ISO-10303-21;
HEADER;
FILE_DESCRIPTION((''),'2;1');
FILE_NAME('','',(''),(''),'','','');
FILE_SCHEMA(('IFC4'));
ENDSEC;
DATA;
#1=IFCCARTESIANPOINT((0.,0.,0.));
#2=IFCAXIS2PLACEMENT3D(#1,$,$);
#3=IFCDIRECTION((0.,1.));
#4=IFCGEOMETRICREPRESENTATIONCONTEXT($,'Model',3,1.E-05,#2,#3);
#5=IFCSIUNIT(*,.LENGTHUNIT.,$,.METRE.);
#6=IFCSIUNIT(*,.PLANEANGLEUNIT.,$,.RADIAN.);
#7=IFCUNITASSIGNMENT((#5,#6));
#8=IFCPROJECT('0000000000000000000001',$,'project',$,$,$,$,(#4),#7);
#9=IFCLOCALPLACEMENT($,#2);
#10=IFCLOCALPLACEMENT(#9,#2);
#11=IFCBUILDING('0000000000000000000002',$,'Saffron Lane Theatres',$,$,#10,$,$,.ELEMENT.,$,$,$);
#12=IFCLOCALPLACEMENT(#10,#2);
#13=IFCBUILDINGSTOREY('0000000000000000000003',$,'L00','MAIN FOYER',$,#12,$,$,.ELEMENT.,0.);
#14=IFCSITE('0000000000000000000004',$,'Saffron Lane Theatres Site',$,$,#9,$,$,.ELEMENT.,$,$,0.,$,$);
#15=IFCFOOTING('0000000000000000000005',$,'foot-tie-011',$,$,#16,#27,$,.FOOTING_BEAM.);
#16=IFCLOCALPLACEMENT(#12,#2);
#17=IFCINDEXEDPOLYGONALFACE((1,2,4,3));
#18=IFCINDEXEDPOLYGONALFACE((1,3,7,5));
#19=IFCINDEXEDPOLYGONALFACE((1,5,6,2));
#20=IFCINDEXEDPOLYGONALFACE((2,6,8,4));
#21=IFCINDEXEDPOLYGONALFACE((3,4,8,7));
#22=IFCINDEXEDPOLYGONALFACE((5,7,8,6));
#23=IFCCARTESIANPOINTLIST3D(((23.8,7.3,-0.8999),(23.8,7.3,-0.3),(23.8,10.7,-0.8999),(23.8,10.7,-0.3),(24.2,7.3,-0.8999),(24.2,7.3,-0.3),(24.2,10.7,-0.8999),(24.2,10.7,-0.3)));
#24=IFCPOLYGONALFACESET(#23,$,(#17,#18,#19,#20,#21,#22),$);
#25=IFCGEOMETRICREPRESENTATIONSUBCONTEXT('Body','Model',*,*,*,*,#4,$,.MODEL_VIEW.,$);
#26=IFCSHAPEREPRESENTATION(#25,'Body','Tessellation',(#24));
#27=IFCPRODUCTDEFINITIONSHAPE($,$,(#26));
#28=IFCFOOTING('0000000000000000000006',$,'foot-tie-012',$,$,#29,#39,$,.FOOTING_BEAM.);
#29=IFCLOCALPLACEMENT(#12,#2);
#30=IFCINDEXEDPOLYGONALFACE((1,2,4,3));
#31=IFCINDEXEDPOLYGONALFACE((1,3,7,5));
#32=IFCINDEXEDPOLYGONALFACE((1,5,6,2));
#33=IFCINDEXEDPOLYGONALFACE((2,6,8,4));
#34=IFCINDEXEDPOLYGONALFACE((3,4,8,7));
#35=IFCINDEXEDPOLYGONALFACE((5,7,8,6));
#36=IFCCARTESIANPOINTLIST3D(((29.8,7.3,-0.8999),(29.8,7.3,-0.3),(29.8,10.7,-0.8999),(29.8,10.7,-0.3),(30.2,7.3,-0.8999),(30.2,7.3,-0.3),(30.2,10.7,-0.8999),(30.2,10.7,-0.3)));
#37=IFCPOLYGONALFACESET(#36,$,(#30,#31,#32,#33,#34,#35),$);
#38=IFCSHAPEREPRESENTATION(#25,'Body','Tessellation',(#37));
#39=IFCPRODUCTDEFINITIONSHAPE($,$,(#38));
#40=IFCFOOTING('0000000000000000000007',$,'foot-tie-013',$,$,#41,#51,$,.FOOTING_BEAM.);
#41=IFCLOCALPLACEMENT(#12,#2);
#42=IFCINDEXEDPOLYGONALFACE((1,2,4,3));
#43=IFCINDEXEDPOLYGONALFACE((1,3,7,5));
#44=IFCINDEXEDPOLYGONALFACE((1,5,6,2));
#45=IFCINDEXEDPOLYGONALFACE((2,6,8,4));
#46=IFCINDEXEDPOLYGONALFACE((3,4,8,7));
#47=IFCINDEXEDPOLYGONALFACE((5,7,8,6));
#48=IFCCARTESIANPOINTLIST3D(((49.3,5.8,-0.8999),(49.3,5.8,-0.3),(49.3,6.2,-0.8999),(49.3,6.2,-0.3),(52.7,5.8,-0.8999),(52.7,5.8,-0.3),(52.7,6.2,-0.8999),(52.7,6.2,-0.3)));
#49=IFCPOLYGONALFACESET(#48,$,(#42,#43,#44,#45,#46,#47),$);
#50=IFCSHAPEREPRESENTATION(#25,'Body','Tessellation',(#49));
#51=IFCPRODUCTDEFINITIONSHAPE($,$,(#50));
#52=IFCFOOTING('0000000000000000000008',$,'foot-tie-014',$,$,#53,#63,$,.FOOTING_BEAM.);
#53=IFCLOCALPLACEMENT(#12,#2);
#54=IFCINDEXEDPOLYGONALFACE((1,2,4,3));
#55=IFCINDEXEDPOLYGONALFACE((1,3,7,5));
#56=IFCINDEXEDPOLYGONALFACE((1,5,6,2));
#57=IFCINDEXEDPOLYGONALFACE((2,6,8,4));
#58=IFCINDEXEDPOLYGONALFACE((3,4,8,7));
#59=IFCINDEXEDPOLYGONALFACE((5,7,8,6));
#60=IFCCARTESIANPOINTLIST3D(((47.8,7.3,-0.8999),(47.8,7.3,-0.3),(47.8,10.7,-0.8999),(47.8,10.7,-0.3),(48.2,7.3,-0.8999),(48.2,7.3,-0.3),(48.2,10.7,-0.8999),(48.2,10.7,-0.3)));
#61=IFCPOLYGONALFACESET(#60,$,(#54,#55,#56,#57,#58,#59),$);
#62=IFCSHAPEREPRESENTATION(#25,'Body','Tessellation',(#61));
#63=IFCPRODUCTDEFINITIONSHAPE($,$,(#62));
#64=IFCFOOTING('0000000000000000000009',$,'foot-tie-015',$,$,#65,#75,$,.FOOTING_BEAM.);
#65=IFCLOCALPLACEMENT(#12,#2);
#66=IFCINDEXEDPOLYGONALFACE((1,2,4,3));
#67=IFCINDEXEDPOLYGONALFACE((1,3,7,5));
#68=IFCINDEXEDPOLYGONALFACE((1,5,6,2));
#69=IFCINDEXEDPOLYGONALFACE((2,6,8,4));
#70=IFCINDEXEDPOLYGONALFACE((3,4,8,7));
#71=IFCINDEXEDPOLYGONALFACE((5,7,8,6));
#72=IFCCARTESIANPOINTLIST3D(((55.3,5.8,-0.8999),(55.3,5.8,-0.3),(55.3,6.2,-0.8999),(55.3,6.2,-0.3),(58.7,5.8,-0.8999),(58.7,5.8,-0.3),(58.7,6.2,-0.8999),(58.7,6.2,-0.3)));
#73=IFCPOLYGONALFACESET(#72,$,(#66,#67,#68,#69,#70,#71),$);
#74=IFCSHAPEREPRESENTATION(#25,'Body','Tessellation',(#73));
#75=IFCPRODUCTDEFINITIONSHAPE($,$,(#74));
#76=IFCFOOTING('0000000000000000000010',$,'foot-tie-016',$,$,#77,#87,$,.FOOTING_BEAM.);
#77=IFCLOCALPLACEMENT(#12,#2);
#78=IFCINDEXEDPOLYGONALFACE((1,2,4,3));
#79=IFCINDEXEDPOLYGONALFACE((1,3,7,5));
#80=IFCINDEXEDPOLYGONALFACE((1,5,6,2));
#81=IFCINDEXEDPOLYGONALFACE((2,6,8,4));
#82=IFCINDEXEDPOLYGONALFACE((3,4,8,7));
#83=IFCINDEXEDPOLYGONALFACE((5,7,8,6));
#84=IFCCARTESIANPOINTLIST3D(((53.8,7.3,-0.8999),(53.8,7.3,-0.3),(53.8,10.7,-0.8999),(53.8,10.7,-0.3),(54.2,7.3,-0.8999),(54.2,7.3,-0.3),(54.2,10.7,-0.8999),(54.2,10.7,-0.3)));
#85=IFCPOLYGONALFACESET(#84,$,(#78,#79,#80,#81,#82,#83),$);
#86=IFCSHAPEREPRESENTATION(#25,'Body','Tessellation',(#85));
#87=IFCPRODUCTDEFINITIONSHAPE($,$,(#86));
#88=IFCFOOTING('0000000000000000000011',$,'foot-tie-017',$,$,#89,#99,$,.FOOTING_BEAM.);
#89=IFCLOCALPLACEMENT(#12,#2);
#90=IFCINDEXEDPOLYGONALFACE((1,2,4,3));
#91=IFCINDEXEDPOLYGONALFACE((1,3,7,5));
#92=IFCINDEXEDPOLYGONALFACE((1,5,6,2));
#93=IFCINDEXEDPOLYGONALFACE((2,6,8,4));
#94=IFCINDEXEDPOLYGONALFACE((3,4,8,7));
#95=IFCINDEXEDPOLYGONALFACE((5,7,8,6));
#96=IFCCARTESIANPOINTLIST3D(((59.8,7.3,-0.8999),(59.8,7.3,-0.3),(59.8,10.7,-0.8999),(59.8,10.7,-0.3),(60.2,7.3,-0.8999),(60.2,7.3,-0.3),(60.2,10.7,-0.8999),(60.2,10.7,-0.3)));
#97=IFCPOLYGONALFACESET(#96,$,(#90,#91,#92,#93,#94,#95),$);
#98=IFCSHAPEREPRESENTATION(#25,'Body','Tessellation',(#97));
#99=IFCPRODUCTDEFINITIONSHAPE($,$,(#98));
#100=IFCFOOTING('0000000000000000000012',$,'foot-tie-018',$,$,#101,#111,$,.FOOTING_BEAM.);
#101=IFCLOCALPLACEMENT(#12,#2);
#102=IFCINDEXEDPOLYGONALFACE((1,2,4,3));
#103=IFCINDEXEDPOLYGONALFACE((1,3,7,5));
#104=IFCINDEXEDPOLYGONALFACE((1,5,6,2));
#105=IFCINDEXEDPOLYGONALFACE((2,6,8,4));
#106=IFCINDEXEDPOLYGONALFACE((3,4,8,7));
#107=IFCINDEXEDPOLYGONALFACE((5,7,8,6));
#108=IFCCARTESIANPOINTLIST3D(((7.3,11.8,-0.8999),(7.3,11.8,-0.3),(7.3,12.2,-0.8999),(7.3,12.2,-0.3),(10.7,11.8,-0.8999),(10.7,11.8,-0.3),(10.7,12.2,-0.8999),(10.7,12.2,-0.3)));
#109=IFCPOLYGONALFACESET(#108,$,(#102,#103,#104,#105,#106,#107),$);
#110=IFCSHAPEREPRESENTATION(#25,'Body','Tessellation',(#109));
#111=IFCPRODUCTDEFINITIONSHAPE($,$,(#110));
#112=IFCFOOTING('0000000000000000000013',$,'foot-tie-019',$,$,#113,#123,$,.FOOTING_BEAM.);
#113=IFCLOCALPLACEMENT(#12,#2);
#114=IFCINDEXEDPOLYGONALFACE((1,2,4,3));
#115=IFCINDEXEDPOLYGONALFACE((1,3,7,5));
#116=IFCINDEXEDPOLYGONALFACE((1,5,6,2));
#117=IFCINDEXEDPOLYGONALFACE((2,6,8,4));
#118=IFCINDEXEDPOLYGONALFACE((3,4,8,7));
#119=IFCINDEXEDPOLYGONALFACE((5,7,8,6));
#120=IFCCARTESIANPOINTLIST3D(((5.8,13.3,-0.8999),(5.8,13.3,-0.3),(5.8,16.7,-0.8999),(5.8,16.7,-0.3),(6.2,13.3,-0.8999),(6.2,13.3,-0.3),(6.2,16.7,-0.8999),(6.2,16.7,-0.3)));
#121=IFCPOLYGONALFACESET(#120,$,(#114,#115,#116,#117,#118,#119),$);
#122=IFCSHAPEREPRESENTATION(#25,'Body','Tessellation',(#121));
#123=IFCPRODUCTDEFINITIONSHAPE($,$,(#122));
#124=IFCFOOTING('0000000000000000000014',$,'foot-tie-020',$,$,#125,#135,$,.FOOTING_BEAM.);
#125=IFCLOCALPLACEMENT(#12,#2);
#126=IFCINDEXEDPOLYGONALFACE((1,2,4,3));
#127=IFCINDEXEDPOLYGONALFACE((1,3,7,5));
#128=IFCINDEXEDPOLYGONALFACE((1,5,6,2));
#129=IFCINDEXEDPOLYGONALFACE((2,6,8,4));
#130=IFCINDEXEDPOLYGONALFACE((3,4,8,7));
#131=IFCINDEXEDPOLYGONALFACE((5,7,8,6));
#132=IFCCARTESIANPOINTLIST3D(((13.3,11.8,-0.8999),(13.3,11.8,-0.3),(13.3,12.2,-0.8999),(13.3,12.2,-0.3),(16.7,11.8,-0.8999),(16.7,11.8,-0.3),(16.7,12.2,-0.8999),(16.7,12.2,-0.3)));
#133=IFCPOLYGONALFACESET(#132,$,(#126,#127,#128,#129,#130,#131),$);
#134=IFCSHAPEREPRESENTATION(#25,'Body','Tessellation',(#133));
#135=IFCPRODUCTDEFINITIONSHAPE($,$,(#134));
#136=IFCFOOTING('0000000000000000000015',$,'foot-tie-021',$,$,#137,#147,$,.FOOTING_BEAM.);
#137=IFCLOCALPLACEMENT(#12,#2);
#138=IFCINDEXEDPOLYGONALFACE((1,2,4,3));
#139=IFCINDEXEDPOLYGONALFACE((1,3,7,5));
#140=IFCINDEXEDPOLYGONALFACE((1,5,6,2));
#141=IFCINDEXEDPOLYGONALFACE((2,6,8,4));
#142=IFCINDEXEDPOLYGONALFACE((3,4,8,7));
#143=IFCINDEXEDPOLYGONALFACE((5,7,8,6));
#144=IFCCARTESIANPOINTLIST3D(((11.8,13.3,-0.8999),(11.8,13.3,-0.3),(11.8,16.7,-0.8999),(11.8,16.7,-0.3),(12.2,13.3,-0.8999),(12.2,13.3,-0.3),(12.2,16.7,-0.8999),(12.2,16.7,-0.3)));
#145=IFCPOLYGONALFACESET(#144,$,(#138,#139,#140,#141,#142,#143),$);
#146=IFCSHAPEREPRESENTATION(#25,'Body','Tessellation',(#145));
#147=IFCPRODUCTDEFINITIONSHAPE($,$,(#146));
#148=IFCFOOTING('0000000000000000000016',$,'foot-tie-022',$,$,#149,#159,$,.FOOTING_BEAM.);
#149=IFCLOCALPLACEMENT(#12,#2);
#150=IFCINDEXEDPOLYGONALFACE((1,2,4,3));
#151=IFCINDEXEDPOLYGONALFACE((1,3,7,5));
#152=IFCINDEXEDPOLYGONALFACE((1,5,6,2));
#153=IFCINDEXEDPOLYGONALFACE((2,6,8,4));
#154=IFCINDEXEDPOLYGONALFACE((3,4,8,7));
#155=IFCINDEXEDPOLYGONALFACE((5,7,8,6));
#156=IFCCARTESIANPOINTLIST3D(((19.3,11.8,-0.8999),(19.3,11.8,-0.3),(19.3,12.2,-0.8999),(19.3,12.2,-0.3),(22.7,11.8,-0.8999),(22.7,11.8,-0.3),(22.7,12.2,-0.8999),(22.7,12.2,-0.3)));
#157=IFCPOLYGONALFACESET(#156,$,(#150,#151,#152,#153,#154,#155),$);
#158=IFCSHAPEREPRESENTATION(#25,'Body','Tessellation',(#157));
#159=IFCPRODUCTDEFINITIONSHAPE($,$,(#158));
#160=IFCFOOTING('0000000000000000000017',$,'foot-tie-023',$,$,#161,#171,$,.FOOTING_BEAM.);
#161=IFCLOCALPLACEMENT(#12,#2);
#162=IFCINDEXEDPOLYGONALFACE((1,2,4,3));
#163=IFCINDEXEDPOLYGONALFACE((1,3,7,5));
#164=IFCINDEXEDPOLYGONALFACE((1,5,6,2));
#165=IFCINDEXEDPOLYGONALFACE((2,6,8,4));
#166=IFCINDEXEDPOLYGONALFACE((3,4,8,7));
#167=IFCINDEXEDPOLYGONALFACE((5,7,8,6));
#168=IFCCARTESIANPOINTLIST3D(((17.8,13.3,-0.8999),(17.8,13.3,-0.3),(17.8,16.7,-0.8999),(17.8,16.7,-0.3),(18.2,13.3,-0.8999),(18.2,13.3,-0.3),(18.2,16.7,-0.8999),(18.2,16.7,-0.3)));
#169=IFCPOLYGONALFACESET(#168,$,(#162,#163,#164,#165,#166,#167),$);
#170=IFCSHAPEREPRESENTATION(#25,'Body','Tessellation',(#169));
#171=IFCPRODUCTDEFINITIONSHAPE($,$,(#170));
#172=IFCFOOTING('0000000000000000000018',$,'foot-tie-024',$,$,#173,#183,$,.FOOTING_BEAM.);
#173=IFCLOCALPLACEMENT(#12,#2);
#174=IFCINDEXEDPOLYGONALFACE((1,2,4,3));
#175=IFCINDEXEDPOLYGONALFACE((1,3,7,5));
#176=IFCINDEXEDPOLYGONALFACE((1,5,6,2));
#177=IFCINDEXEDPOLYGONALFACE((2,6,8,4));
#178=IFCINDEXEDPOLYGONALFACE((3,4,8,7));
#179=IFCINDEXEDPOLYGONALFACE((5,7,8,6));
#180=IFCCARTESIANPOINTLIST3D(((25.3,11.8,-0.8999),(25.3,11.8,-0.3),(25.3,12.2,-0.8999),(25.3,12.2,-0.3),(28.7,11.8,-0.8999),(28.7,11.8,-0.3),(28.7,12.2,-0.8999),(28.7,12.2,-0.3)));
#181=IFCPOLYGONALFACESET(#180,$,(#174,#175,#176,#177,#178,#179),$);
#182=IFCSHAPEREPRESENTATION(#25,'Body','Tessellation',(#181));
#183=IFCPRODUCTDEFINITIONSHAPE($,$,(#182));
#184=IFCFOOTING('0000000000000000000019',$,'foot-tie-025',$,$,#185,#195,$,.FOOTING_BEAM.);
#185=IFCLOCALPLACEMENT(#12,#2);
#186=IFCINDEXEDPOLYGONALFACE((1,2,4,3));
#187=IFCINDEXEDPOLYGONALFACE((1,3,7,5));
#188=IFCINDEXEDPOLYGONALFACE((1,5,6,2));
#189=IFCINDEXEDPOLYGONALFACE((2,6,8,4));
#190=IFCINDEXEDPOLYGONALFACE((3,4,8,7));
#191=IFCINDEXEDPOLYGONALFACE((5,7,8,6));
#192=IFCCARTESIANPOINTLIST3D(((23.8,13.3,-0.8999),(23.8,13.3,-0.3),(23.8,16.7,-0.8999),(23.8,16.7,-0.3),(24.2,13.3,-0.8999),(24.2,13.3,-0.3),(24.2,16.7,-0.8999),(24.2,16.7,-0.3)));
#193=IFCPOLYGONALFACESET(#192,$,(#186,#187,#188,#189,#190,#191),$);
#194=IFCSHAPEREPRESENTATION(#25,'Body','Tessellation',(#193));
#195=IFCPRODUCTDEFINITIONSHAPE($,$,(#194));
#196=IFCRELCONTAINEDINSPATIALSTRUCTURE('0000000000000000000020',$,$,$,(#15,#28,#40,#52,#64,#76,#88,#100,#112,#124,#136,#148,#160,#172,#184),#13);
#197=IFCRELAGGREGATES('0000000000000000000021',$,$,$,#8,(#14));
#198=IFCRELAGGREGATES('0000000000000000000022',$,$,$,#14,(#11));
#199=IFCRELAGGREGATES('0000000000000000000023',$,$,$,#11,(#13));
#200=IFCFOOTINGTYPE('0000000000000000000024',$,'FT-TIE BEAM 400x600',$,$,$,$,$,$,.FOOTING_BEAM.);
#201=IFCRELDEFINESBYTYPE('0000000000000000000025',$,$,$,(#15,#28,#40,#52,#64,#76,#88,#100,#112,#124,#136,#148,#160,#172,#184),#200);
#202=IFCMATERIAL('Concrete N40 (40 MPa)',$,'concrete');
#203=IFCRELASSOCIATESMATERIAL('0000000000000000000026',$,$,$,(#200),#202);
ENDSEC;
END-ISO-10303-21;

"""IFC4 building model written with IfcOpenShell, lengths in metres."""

from ifc_helpers import new_model, si_unit, direction, frame, origin, place, context, subcontext, project, spatial, polyline, outline, extrude, material, type_object, element, save


model = new_model("IFC4")

# Units and contexts
model_context = context("Model", 3, precision=1e-05, world=origin(), true_north=direction((0.0, 1.0)))
body_context = subcontext(model_context, "Body", "Model", "MODEL_VIEW")
ifc_project = project(units=[si_unit("LENGTHUNIT", "METRE"), si_unit("PLANEANGLEUNIT", "RADIAN")], contexts=[model_context])

# Site, building, storey
site_placement = place(None, origin())
site = spatial("IfcSite", under=ifc_project, at=site_placement, Name="Saffron Lane Theatres Site", CompositionType="ELEMENT", RefElevation=0.0)
building_placement = place(site_placement, origin())
building = spatial("IfcBuilding", under=site, at=building_placement, Name="Saffron Lane Theatres", CompositionType="ELEMENT")
storey_placement = place(building_placement, origin())
storey = spatial("IfcBuildingStorey", under=building, at=storey_placement, Name="L00", Description="MAIN FOYER", CompositionType="ELEMENT", Elevation=0.0)

# Footings
ifc_material_1 = material(Name="Concrete N40 (40 MPa)", Category="concrete")
footing_type_1 = type_object("IfcFootingType", Name="FT-TIE BEAM 400x600", PredefinedType="FOOTING_BEAM", material=ifc_material_1)
footing_1_placement = place(storey_placement, frame((0.0, 0.0, -0.8999)))
element("IfcFooting", 1, at=footing_1_placement, inside=storey, type_object=footing_type_1, Name="foot-tie-011", PredefinedType="FOOTING_BEAM", context=body_context, shape_type="SweptSolid", body=[
    extrude(outline(polyline([(23.8, 7.3), (24.2, 7.3), (24.2, 10.7), (23.8, 10.7), (23.8, 7.3)])), origin(), (0.0, 0.0, 1.0), 0.5999),
])
footing_2_placement = place(storey_placement, frame((0.0, 0.0, -0.8999)))
element("IfcFooting", 2, at=footing_2_placement, inside=storey, type_object=footing_type_1, Name="foot-tie-012", PredefinedType="FOOTING_BEAM", context=body_context, shape_type="SweptSolid", body=[
    extrude(outline(polyline([(29.8, 7.3), (30.2, 7.3), (30.2, 10.7), (29.8, 10.7), (29.8, 7.3)])), origin(), (0.0, 0.0, 1.0), 0.5999),
])
footing_3_placement = place(storey_placement, frame((0.0, 0.0, -0.8999)))
element("IfcFooting", 3, at=footing_3_placement, inside=storey, type_object=footing_type_1, Name="foot-tie-013", PredefinedType="FOOTING_BEAM", context=body_context, shape_type="SweptSolid", body=[
    extrude(outline(polyline([(49.3, 5.8), (52.7, 5.8), (52.7, 6.2), (49.3, 6.2), (49.3, 5.8)])), origin(), (0.0, 0.0, 1.0), 0.5999),
])
footing_4_placement = place(storey_placement, frame((0.0, 0.0, -0.8999)))
element("IfcFooting", 4, at=footing_4_placement, inside=storey, type_object=footing_type_1, Name="foot-tie-014", PredefinedType="FOOTING_BEAM", context=body_context, shape_type="SweptSolid", body=[
    extrude(outline(polyline([(47.8, 7.3), (48.2, 7.3), (48.2, 10.7), (47.8, 10.7), (47.8, 7.3)])), origin(), (0.0, 0.0, 1.0), 0.5999),
])
footing_5_placement = place(storey_placement, frame((0.0, 0.0, -0.8999)))
element("IfcFooting", 5, at=footing_5_placement, inside=storey, type_object=footing_type_1, Name="foot-tie-015", PredefinedType="FOOTING_BEAM", context=body_context, shape_type="SweptSolid", body=[
    extrude(outline(polyline([(55.3, 5.8), (58.7, 5.8), (58.7, 6.2), (55.3, 6.2), (55.3, 5.8)])), origin(), (0.0, 0.0, 1.0), 0.5999),
])
footing_6_placement = place(storey_placement, frame((0.0, 0.0, -0.8999)))
element("IfcFooting", 6, at=footing_6_placement, inside=storey, type_object=footing_type_1, Name="foot-tie-016", PredefinedType="FOOTING_BEAM", context=body_context, shape_type="SweptSolid", body=[
    extrude(outline(polyline([(53.8, 7.3), (54.2, 7.3), (54.2, 10.7), (53.8, 10.7), (53.8, 7.3)])), origin(), (0.0, 0.0, 1.0), 0.5999),
])
footing_7_placement = place(storey_placement, frame((0.0, 0.0, -0.8999)))
element("IfcFooting", 7, at=footing_7_placement, inside=storey, type_object=footing_type_1, Name="foot-tie-017", PredefinedType="FOOTING_BEAM", context=body_context, shape_type="SweptSolid", body=[
    extrude(outline(polyline([(59.8, 7.3), (60.2, 7.3), (60.2, 10.7), (59.8, 10.7), (59.8, 7.3)])), origin(), (0.0, 0.0, 1.0), 0.5999),
])
footing_8_placement = place(storey_placement, frame((0.0, 0.0, -0.8999)))
element("IfcFooting", 8, at=footing_8_placement, inside=storey, type_object=footing_type_1, Name="foot-tie-018", PredefinedType="FOOTING_BEAM", context=body_context, shape_type="SweptSolid", body=[
    extrude(outline(polyline([(7.3, 11.8), (10.7, 11.8), (10.7, 12.2), (7.3, 12.2), (7.3, 11.8)])), origin(), (0.0, 0.0, 1.0), 0.5999),
])
footing_9_placement = place(storey_placement, frame((0.0, 0.0, -0.8999)))
element("IfcFooting", 9, at=footing_9_placement, inside=storey, type_object=footing_type_1, Name="foot-tie-019", PredefinedType="FOOTING_BEAM", context=body_context, shape_type="SweptSolid", body=[
    extrude(outline(polyline([(5.8, 13.3), (6.2, 13.3), (6.2, 16.7), (5.8, 16.7), (5.8, 13.3)])), origin(), (0.0, 0.0, 1.0), 0.5999),
])
footing_10_placement = place(storey_placement, frame((0.0, 0.0, -0.8999)))
element("IfcFooting", 10, at=footing_10_placement, inside=storey, type_object=footing_type_1, Name="foot-tie-020", PredefinedType="FOOTING_BEAM", context=body_context, shape_type="SweptSolid", body=[
    extrude(outline(polyline([(13.3, 11.8), (16.7, 11.8), (16.7, 12.2), (13.3, 12.2), (13.3, 11.8)])), origin(), (0.0, 0.0, 1.0), 0.5999),
])
footing_11_placement = place(storey_placement, frame((0.0, 0.0, -0.8999)))
element("IfcFooting", 11, at=footing_11_placement, inside=storey, type_object=footing_type_1, Name="foot-tie-021", PredefinedType="FOOTING_BEAM", context=body_context, shape_type="SweptSolid", body=[
    extrude(outline(polyline([(11.8, 13.3), (12.2, 13.3), (12.2, 16.7), (11.8, 16.7), (11.8, 13.3)])), origin(), (0.0, 0.0, 1.0), 0.5999),
])
footing_12_placement = place(storey_placement, frame((0.0, 0.0, -0.8999)))
element("IfcFooting", 12, at=footing_12_placement, inside=storey, type_object=footing_type_1, Name="foot-tie-022", PredefinedType="FOOTING_BEAM", context=body_context, shape_type="SweptSolid", body=[
    extrude(outline(polyline([(19.3, 11.8), (22.7, 11.8), (22.7, 12.2), (19.3, 12.2), (19.3, 11.8)])), origin(), (0.0, 0.0, 1.0), 0.5999),
])
footing_13_placement = place(storey_placement, frame((0.0, 0.0, -0.8999)))
element("IfcFooting", 13, at=footing_13_placement, inside=storey, type_object=footing_type_1, Name="foot-tie-023", PredefinedType="FOOTING_BEAM", context=body_context, shape_type="SweptSolid", body=[
    extrude(outline(polyline([(17.8, 13.3), (18.2, 13.3), (18.2, 16.7), (17.8, 16.7), (17.8, 13.3)])), origin(), (0.0, 0.0, 1.0), 0.5999),
])
footing_14_placement = place(storey_placement, frame((0.0, 0.0, -0.8999)))
element("IfcFooting", 14, at=footing_14_placement, inside=storey, type_object=footing_type_1, Name="foot-tie-024", PredefinedType="FOOTING_BEAM", context=body_context, shape_type="SweptSolid", body=[
    extrude(outline(polyline([(25.3, 11.8), (28.7, 11.8), (28.7, 12.2), (25.3, 12.2), (25.3, 11.8)])), origin(), (0.0, 0.0, 1.0), 0.5999),
])
footing_15_placement = place(storey_placement, frame((0.0, 0.0, -0.8999)))
element("IfcFooting", 15, at=footing_15_placement, inside=storey, type_object=footing_type_1, Name="foot-tie-025", PredefinedType="FOOTING_BEAM", context=body_context, shape_type="SweptSolid", body=[
    extrude(outline(polyline([(23.8, 13.3), (24.2, 13.3), (24.2, 16.7), (23.8, 16.7), (23.8, 13.3)])), origin(), (0.0, 0.0, 1.0), 0.5999),
])

save(model, "model.ifc")
